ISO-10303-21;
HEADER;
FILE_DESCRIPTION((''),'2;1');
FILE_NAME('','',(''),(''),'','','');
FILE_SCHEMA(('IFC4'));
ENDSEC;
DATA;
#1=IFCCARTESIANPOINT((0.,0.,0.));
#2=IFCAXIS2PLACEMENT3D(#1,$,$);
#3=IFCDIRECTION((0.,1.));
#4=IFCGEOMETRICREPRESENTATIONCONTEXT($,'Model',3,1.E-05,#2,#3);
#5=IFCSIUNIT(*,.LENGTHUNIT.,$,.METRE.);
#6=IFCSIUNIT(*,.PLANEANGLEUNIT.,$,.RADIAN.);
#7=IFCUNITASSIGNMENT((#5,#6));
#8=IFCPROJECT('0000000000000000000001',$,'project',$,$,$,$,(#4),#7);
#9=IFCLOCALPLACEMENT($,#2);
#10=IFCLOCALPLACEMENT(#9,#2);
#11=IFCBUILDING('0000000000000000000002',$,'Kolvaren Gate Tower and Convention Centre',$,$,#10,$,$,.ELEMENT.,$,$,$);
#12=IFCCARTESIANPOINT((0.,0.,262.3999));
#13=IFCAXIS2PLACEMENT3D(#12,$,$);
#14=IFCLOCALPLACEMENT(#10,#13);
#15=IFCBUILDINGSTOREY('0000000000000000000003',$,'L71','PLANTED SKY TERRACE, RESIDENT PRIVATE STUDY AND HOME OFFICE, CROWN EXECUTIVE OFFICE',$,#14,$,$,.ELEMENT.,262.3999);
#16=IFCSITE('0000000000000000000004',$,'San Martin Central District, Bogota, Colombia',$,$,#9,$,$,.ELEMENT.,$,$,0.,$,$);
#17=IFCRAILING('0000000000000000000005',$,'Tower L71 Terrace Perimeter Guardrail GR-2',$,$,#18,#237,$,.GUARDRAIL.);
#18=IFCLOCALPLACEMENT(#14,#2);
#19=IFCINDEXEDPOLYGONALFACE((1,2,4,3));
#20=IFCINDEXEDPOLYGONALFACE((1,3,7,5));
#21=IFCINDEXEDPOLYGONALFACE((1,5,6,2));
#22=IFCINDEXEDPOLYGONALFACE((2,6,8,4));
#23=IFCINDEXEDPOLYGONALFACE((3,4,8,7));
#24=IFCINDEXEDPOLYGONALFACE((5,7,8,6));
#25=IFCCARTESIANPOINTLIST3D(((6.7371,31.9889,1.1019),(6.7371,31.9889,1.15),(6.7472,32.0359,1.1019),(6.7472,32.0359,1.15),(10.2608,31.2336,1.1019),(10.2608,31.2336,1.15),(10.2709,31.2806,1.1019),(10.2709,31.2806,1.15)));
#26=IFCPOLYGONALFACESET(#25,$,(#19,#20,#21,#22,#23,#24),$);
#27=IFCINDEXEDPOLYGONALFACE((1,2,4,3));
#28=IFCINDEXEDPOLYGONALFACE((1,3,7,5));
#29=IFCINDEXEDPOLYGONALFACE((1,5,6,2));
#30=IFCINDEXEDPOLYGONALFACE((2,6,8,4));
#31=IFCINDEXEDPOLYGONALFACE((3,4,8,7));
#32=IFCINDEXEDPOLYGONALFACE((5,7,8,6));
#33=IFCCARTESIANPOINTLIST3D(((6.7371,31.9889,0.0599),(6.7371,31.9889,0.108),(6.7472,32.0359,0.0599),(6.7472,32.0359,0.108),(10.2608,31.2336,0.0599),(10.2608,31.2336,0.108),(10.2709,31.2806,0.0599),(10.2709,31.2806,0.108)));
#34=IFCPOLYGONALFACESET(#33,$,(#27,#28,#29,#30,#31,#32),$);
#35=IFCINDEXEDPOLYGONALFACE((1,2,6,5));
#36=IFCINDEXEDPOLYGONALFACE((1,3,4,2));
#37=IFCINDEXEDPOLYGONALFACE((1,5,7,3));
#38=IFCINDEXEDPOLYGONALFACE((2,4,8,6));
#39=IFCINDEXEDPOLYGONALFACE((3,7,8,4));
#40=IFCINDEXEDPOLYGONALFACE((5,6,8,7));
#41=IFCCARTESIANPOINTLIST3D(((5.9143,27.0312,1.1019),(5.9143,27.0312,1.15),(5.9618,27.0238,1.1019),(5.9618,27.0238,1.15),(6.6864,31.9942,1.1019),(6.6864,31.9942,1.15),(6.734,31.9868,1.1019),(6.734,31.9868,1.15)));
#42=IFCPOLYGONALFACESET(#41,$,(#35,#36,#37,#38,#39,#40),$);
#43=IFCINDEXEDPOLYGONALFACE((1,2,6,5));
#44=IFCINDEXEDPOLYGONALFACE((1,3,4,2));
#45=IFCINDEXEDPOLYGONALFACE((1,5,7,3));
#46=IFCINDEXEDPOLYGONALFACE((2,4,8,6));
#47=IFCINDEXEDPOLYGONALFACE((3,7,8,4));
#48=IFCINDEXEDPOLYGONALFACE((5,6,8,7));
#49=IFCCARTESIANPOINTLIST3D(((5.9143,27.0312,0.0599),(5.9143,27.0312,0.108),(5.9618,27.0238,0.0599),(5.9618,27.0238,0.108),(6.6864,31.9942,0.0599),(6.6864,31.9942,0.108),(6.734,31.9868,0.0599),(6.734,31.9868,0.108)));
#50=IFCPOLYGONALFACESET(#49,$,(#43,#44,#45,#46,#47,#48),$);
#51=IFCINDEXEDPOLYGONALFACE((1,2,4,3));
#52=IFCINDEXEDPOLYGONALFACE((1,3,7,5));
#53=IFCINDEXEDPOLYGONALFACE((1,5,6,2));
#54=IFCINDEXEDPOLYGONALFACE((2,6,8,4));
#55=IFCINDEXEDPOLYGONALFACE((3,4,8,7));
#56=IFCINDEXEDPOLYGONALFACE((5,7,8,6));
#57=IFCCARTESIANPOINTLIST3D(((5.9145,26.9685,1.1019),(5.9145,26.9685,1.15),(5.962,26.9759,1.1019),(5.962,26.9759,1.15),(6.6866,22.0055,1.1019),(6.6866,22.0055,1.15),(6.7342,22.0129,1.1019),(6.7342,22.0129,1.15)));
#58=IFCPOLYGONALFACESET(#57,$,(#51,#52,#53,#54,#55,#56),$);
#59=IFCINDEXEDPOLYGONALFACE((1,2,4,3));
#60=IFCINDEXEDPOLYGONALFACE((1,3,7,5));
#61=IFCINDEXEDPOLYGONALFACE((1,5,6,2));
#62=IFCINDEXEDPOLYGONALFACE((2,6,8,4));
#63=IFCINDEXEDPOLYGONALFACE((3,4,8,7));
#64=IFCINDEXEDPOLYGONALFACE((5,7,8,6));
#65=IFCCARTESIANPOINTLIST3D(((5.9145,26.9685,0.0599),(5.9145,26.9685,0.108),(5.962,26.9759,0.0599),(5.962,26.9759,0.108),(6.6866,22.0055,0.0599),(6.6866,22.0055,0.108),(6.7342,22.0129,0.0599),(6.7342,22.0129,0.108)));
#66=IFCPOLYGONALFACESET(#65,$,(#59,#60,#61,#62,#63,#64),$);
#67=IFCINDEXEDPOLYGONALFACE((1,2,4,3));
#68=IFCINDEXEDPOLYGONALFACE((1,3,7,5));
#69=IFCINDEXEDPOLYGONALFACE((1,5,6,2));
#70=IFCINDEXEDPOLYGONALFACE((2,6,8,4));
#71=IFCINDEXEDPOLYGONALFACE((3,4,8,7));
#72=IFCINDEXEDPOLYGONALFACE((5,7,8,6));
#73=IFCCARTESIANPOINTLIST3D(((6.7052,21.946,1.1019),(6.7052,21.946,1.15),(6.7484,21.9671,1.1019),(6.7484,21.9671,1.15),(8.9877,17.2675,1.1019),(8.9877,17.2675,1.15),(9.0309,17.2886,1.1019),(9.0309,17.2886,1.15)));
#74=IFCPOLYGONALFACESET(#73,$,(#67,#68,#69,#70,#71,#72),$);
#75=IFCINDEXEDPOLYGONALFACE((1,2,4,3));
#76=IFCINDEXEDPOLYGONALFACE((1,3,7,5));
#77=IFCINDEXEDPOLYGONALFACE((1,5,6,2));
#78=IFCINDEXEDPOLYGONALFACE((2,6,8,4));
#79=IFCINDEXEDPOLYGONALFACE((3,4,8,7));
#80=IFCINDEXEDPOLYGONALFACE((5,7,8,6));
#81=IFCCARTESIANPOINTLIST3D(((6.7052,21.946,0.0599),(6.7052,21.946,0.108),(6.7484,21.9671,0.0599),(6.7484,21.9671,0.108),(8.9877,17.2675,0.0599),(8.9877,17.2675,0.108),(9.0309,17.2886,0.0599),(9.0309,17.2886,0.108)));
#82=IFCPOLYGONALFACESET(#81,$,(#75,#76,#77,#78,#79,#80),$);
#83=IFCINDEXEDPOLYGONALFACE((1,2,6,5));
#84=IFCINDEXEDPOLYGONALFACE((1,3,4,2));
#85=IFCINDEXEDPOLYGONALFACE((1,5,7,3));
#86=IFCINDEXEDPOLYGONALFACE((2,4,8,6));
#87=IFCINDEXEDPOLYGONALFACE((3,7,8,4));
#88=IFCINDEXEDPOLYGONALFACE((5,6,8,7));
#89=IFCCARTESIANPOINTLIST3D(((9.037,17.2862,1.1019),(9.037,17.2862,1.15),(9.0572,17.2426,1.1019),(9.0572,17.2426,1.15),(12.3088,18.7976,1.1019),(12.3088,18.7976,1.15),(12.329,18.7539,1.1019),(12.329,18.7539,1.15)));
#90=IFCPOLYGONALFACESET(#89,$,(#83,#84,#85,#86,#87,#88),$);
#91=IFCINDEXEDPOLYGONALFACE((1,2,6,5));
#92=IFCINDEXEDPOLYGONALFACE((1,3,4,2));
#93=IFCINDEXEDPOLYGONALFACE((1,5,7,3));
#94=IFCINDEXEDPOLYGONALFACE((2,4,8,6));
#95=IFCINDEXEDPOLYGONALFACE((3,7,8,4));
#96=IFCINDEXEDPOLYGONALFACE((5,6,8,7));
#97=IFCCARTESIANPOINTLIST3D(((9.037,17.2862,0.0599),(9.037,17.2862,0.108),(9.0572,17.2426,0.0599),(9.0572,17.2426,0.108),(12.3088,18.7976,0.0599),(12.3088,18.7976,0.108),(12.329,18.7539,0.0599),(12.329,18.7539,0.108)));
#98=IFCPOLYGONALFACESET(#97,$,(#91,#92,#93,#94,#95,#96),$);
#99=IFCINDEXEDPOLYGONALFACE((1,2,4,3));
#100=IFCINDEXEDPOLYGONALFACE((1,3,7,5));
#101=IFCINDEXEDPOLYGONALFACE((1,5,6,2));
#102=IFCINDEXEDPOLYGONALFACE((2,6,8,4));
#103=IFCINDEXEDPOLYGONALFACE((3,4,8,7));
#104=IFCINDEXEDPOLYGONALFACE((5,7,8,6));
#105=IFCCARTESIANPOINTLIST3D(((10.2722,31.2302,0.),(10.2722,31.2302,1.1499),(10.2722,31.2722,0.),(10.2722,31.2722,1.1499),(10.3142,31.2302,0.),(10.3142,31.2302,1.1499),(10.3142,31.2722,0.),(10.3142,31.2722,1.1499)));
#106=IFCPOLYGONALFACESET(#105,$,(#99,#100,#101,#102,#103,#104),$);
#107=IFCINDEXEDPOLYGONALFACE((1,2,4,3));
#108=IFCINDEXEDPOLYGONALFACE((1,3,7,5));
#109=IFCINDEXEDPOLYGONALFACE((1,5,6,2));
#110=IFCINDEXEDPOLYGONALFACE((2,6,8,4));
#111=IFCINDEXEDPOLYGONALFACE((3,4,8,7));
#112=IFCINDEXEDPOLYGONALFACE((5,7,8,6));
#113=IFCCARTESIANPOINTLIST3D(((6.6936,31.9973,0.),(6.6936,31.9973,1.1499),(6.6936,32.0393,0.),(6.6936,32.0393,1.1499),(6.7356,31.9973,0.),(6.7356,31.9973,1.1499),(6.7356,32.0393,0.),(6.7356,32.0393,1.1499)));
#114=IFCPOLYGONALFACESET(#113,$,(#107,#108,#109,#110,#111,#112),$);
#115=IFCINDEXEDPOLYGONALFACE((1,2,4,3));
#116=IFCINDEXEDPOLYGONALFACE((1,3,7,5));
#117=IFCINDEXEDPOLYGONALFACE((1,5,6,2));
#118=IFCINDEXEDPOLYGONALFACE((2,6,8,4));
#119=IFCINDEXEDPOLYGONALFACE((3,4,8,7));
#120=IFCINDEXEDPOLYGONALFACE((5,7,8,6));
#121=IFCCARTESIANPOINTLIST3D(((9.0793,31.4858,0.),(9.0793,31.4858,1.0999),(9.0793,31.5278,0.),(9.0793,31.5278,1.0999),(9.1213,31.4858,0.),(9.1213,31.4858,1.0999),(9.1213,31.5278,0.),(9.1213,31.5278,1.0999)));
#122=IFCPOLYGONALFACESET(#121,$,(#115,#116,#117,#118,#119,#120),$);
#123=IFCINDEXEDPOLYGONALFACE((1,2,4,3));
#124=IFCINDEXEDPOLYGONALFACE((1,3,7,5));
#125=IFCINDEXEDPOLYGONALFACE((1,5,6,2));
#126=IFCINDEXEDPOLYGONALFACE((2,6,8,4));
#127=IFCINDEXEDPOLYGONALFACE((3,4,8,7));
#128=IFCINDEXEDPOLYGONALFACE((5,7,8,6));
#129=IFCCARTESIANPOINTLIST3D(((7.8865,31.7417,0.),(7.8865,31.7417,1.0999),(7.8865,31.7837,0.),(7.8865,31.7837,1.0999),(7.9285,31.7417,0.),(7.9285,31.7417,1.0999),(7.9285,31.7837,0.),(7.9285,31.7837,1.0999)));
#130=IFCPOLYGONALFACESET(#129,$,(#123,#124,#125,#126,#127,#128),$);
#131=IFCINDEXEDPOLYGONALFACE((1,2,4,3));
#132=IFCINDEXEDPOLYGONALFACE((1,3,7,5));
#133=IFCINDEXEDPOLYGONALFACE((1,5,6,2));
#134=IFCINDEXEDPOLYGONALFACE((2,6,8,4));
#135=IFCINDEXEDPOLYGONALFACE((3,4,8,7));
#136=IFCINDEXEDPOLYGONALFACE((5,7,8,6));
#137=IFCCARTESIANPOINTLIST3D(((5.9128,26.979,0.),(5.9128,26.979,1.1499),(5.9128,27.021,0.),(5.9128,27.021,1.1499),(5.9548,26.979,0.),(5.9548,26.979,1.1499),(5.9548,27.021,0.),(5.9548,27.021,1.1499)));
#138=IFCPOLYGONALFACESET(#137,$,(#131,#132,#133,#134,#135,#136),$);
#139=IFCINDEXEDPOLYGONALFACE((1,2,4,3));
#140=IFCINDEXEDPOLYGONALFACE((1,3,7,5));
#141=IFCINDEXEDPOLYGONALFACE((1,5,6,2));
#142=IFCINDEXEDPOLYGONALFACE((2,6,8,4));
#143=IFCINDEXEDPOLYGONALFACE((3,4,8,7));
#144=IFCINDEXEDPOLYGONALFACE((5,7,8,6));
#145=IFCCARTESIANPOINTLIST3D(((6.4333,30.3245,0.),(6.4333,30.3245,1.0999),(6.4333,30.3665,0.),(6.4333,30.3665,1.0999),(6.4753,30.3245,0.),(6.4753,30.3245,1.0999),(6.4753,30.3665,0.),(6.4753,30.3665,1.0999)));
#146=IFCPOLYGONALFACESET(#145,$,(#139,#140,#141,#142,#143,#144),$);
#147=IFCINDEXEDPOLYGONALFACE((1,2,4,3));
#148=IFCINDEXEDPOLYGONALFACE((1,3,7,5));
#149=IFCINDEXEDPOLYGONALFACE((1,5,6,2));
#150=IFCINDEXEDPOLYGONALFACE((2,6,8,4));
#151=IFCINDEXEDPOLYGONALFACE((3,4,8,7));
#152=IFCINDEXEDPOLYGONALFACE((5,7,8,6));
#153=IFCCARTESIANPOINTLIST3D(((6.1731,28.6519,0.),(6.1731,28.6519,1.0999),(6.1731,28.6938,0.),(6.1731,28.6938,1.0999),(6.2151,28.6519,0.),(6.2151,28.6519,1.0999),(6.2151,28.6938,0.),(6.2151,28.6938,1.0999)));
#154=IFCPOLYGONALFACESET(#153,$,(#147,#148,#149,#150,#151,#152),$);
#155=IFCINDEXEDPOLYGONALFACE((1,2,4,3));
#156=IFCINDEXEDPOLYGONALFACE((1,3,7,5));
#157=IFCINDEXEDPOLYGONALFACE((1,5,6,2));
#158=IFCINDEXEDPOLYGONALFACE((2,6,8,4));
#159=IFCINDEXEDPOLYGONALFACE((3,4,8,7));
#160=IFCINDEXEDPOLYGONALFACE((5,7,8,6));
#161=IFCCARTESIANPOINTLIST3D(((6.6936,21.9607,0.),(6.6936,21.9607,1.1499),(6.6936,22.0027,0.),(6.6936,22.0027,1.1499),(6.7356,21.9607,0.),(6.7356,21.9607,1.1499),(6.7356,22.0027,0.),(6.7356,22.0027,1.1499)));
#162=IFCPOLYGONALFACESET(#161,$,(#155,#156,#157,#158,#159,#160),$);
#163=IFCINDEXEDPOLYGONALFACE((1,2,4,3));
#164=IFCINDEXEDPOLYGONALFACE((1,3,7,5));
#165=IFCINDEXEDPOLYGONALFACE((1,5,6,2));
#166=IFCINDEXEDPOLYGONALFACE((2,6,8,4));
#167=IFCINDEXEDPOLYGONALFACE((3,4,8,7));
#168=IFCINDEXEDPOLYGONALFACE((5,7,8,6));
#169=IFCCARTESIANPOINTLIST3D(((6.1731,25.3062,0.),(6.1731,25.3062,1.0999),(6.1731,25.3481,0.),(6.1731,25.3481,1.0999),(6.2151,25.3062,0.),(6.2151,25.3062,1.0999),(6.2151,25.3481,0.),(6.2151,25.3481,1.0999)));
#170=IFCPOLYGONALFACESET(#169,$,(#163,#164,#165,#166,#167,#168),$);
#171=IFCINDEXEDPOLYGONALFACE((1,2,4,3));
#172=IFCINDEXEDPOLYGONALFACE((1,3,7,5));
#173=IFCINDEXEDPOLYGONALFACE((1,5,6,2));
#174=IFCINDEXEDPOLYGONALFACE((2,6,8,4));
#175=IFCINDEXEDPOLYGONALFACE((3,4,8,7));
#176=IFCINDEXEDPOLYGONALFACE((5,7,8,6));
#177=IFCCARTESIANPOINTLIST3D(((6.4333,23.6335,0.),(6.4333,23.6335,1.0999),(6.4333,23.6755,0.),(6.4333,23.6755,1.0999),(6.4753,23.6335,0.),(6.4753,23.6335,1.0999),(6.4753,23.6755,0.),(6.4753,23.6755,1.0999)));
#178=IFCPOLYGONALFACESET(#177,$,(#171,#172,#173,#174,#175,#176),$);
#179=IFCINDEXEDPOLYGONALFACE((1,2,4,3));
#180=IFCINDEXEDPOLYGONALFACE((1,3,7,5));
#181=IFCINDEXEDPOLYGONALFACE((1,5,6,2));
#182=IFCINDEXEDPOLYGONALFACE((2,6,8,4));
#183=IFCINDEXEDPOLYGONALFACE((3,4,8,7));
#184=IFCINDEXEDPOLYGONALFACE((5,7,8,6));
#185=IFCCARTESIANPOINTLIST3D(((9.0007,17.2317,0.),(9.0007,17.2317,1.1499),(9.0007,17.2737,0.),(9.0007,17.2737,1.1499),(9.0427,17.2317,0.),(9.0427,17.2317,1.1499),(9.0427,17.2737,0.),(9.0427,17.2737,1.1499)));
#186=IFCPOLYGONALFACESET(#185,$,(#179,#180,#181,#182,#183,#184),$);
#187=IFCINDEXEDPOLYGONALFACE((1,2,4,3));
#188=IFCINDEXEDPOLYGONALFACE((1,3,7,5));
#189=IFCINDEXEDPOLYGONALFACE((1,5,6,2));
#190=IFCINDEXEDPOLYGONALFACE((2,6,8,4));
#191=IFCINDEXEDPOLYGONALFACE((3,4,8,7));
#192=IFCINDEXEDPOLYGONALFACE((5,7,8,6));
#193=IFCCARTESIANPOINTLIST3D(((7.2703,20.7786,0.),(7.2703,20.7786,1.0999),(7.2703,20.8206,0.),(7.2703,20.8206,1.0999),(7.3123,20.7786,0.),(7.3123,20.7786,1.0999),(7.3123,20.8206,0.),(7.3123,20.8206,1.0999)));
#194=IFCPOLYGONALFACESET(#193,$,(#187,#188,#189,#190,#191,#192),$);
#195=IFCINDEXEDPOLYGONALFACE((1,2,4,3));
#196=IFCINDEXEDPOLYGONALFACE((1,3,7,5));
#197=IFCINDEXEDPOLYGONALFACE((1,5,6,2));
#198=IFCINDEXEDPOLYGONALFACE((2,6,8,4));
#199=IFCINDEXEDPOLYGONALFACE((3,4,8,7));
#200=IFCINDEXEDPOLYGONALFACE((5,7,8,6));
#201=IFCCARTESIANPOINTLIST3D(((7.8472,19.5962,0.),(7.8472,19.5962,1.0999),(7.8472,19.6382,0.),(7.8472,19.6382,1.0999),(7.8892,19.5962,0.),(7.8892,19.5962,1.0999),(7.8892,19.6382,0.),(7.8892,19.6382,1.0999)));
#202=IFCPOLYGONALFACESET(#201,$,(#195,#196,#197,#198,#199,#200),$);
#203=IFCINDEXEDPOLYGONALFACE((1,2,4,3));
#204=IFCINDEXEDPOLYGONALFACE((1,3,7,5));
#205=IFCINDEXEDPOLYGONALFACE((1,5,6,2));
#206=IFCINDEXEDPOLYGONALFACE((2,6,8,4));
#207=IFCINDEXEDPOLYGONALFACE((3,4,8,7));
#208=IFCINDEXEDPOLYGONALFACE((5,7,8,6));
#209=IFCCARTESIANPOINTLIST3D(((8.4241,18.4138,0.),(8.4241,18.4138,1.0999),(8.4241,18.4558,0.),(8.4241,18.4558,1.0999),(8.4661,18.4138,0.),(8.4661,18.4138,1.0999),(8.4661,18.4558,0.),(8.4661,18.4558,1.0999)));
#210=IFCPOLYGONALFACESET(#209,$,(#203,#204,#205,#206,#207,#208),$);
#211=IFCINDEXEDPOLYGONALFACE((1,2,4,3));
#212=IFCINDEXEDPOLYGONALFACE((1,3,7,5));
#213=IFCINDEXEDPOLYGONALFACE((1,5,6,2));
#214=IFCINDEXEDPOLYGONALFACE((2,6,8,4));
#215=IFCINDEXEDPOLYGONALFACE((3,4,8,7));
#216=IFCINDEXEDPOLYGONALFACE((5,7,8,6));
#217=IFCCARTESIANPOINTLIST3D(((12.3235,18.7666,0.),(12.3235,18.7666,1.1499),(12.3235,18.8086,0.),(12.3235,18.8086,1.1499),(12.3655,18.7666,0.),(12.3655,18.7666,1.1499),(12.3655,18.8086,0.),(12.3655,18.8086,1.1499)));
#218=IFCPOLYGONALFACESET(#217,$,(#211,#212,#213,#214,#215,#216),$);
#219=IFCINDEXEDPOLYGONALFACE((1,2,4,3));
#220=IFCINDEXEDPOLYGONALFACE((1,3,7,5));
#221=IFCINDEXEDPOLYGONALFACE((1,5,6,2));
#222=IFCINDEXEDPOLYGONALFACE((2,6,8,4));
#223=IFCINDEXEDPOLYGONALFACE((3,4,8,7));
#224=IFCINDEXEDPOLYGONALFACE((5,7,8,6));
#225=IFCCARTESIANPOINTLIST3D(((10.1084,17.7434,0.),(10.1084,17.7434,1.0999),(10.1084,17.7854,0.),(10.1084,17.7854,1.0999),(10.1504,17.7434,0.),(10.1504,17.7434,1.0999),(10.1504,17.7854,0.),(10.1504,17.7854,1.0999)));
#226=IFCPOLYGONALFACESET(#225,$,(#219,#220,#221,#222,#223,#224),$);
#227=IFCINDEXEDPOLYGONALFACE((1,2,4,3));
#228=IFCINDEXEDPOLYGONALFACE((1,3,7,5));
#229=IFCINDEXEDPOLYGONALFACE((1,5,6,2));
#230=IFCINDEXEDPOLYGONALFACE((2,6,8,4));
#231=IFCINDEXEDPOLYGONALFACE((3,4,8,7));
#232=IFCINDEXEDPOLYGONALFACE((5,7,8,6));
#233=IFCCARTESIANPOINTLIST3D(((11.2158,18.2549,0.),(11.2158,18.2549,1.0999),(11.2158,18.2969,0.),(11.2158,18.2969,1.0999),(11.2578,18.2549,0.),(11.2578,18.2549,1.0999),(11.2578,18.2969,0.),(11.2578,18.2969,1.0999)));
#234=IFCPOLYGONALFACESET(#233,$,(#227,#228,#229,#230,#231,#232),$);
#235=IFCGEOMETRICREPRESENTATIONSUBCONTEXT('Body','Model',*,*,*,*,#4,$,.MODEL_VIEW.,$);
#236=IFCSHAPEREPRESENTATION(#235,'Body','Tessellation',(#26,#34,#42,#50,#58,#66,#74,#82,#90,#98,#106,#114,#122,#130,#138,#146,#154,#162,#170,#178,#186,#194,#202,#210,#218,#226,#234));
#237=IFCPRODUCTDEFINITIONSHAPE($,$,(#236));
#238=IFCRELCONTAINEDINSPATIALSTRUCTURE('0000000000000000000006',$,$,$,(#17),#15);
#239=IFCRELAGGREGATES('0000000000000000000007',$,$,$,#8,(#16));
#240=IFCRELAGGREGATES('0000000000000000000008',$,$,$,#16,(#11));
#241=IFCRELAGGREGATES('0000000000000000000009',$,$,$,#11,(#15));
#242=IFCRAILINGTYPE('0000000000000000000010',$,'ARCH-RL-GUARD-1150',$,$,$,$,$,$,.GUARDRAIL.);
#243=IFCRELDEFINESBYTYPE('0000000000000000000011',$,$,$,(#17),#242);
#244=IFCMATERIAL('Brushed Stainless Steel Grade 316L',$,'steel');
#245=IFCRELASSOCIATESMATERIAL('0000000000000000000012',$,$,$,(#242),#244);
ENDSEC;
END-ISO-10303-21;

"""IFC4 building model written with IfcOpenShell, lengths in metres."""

from ifc_helpers import new_model, si_unit, direction, frame, origin, origin_2d, place, context, subcontext, project, spatial, rectangle, extrude, material, type_object, element, save


model = new_model("IFC4")

# Units and contexts
model_context = context("Model", 3, precision=1e-05, world=origin(), true_north=direction((0.0, 1.0)))
body_context = subcontext(model_context, "Body", "Model", "MODEL_VIEW")
ifc_project = project(units=[si_unit("LENGTHUNIT", "METRE"), si_unit("PLANEANGLEUNIT", "RADIAN")], contexts=[model_context])

# Site, building, storey
site_placement = place(None, origin())
site = spatial("IfcSite", under=ifc_project, at=site_placement, Name="San Martin Central District, Bogota, Colombia", CompositionType="ELEMENT", RefElevation=0.0)
building_placement = place(site_placement, origin())
building = spatial("IfcBuilding", under=site, at=building_placement, Name="Kolvaren Gate Tower and Convention Centre", CompositionType="ELEMENT")
storey_placement = place(building_placement, frame((0.0, 0.0, 262.3999)))
storey = spatial("IfcBuildingStorey", under=building, at=storey_placement, Name="L71", Description="PLANTED SKY TERRACE, RESIDENT PRIVATE STUDY AND HOME OFFICE, CROWN EXECUTIVE OFFICE", CompositionType="ELEMENT", Elevation=262.3999)

# Railing
ifc_material_1 = material(Name="Brushed Stainless Steel Grade 316L", Category="steel")
railing_type = type_object("IfcRailingType", Name="ARCH-RL-GUARD-1150", PredefinedType="GUARDRAIL", material=ifc_material_1)
railing_placement = place(storey_placement, frame((10.2932, 31.2512, 0.0)))
element("IfcRailing", 1, at=railing_placement, inside=storey, type_object=railing_type, Name="Tower L71 Terrace Perimeter Guardrail GR-2", PredefinedType="GUARDRAIL", context=body_context, shape_type="SweptSolid", body=[
    extrude(rectangle(XDim=0.0481, YDim=0.0481, at=origin_2d()), frame((-0.0273, 0.0059, 1.126), z_axis=(-0.977789, 0.209593, 0.0), x_axis=(-0.209593, -0.977789, 0.0)), (0.0, 0.0, 1.0), 3.6038),
    extrude(rectangle(XDim=0.0481, YDim=0.0481, at=origin_2d()), frame((-0.0273, 0.0059, 0.084), z_axis=(-0.977789, 0.209593, 0.0), x_axis=(-0.209593, -0.977789, 0.0)), (0.0, 0.0, 1.0), 3.6038),
    extrude(rectangle(XDim=0.0481, YDim=0.0481, at=origin_2d()), frame((-3.583, 0.7393, 1.126), z_axis=(-0.153733, -0.988112, 0.0), x_axis=(0.988112, -0.153733, 0.0)), (0.0, 0.0, 1.0), 5.0227),
    extrude(rectangle(XDim=0.0481, YDim=0.0481, at=origin_2d()), frame((-3.583, 0.7393, 0.084), z_axis=(-0.153733, -0.988112, 0.0), x_axis=(0.988112, -0.153733, 0.0)), (0.0, 0.0, 1.0), 5.0227),
    extrude(rectangle(XDim=0.0481, YDim=0.0481, at=origin_2d()), frame((-4.355, -4.2791, 1.126), z_axis=(0.153733, -0.988112, 0.0), x_axis=(0.988112, 0.153733, 0.0)), (0.0, 0.0, 1.0), 5.0227),
    extrude(rectangle(XDim=0.0481, YDim=0.0481, at=origin_2d()), frame((-4.355, -4.2791, 0.084), z_axis=(0.153733, -0.988112, 0.0), x_axis=(0.988112, 0.153733, 0.0)), (0.0, 0.0, 1.0), 5.0227),
    extrude(rectangle(XDim=0.0481, YDim=0.0481, at=origin_2d()), frame((-3.5664, -9.2947, 1.126), z_axis=(0.438469, -0.898746, 0.0), x_axis=(0.898746, 0.438469, 0.0)), (0.0, 0.0, 1.0), 5.2056),
    extrude(rectangle(XDim=0.0481, YDim=0.0481, at=origin_2d()), frame((-3.5664, -9.2947, 0.084), z_axis=(0.438469, -0.898746, 0.0), x_axis=(0.898746, 0.438469, 0.0)), (0.0, 0.0, 1.0), 5.2056),
    extrude(rectangle(XDim=0.0481, YDim=0.0481, at=origin_2d()), frame((-1.2461, -13.9868, 1.126), z_axis=(0.907821, 0.419358, 0.0), x_axis=(-0.419358, 0.907821, 0.0)), (0.0, 0.0, 1.0), 3.604),
    extrude(rectangle(XDim=0.0481, YDim=0.0481, at=origin_2d()), frame((-1.2461, -13.9868, 0.084), z_axis=(0.907821, 0.419358, 0.0), x_axis=(-0.419358, 0.907821, 0.0)), (0.0, 0.0, 1.0), 3.604),
    extrude(rectangle(XDim=0.042, YDim=0.042, at=origin_2d()), origin(), (0.0, 0.0, 1.0), 1.1499),
    extrude(rectangle(XDim=0.042, YDim=0.042, at=origin_2d()), frame((-3.5786, 0.7671, 0.0)), (0.0, 0.0, 1.0), 1.1499),
    extrude(rectangle(XDim=0.042, YDim=0.042, at=origin_2d()), frame((-1.1929, 0.2556, 0.0)), (0.0, 0.0, 1.0), 1.0999),
    extrude(rectangle(XDim=0.042, YDim=0.042, at=origin_2d()), frame((-2.3857, 0.5115, 0.0)), (0.0, 0.0, 1.0), 1.0999),
    extrude(rectangle(XDim=0.042, YDim=0.042, at=origin_2d()), frame((-4.3594, -4.2512, 0.0)), (0.0, 0.0, 1.0), 1.1499),
    extrude(rectangle(XDim=0.042, YDim=0.042, at=origin_2d()), frame((-3.8389, -0.9058, 0.0)), (0.0, 0.0, 1.0), 1.0999),
    extrude(rectangle(XDim=0.042, YDim=0.042, at=origin_2d()), frame((-4.0991, -2.5784, 0.0)), (0.0, 0.0, 1.0), 1.0999),
    extrude(rectangle(XDim=0.042, YDim=0.042, at=origin_2d()), frame((-3.5786, -9.2695, 0.0)), (0.0, 0.0, 1.0), 1.1499),
    extrude(rectangle(XDim=0.042, YDim=0.042, at=origin_2d()), frame((-4.0991, -5.9241, 0.0)), (0.0, 0.0, 1.0), 1.0999),
    extrude(rectangle(XDim=0.042, YDim=0.042, at=origin_2d()), frame((-3.8389, -7.5967, 0.0)), (0.0, 0.0, 1.0), 1.0999),
    extrude(rectangle(XDim=0.042, YDim=0.042, at=origin_2d()), frame((-1.2715, -13.9985, 0.0)), (0.0, 0.0, 1.0), 1.1499),
    extrude(rectangle(XDim=0.042, YDim=0.042, at=origin_2d()), frame((-3.002, -10.4517, 0.0)), (0.0, 0.0, 1.0), 1.0999),
    extrude(rectangle(XDim=0.042, YDim=0.042, at=origin_2d()), frame((-2.425, -11.634, 0.0)), (0.0, 0.0, 1.0), 1.0999),
    extrude(rectangle(XDim=0.042, YDim=0.042, at=origin_2d()), frame((-1.8481, -12.8164, 0.0)), (0.0, 0.0, 1.0), 1.0999),
    extrude(rectangle(XDim=0.042, YDim=0.042, at=origin_2d()), frame((2.0513, -12.4636, 0.0)), (0.0, 0.0, 1.0), 1.1499),
    extrude(rectangle(XDim=0.042, YDim=0.042, at=origin_2d()), frame((-0.1638, -13.4868, 0.0)), (0.0, 0.0, 1.0), 1.0999),
    extrude(rectangle(XDim=0.042, YDim=0.042, at=origin_2d()), frame((0.9436, -12.9753, 0.0)), (0.0, 0.0, 1.0), 1.0999),
])

save(model, "model.ifc")
